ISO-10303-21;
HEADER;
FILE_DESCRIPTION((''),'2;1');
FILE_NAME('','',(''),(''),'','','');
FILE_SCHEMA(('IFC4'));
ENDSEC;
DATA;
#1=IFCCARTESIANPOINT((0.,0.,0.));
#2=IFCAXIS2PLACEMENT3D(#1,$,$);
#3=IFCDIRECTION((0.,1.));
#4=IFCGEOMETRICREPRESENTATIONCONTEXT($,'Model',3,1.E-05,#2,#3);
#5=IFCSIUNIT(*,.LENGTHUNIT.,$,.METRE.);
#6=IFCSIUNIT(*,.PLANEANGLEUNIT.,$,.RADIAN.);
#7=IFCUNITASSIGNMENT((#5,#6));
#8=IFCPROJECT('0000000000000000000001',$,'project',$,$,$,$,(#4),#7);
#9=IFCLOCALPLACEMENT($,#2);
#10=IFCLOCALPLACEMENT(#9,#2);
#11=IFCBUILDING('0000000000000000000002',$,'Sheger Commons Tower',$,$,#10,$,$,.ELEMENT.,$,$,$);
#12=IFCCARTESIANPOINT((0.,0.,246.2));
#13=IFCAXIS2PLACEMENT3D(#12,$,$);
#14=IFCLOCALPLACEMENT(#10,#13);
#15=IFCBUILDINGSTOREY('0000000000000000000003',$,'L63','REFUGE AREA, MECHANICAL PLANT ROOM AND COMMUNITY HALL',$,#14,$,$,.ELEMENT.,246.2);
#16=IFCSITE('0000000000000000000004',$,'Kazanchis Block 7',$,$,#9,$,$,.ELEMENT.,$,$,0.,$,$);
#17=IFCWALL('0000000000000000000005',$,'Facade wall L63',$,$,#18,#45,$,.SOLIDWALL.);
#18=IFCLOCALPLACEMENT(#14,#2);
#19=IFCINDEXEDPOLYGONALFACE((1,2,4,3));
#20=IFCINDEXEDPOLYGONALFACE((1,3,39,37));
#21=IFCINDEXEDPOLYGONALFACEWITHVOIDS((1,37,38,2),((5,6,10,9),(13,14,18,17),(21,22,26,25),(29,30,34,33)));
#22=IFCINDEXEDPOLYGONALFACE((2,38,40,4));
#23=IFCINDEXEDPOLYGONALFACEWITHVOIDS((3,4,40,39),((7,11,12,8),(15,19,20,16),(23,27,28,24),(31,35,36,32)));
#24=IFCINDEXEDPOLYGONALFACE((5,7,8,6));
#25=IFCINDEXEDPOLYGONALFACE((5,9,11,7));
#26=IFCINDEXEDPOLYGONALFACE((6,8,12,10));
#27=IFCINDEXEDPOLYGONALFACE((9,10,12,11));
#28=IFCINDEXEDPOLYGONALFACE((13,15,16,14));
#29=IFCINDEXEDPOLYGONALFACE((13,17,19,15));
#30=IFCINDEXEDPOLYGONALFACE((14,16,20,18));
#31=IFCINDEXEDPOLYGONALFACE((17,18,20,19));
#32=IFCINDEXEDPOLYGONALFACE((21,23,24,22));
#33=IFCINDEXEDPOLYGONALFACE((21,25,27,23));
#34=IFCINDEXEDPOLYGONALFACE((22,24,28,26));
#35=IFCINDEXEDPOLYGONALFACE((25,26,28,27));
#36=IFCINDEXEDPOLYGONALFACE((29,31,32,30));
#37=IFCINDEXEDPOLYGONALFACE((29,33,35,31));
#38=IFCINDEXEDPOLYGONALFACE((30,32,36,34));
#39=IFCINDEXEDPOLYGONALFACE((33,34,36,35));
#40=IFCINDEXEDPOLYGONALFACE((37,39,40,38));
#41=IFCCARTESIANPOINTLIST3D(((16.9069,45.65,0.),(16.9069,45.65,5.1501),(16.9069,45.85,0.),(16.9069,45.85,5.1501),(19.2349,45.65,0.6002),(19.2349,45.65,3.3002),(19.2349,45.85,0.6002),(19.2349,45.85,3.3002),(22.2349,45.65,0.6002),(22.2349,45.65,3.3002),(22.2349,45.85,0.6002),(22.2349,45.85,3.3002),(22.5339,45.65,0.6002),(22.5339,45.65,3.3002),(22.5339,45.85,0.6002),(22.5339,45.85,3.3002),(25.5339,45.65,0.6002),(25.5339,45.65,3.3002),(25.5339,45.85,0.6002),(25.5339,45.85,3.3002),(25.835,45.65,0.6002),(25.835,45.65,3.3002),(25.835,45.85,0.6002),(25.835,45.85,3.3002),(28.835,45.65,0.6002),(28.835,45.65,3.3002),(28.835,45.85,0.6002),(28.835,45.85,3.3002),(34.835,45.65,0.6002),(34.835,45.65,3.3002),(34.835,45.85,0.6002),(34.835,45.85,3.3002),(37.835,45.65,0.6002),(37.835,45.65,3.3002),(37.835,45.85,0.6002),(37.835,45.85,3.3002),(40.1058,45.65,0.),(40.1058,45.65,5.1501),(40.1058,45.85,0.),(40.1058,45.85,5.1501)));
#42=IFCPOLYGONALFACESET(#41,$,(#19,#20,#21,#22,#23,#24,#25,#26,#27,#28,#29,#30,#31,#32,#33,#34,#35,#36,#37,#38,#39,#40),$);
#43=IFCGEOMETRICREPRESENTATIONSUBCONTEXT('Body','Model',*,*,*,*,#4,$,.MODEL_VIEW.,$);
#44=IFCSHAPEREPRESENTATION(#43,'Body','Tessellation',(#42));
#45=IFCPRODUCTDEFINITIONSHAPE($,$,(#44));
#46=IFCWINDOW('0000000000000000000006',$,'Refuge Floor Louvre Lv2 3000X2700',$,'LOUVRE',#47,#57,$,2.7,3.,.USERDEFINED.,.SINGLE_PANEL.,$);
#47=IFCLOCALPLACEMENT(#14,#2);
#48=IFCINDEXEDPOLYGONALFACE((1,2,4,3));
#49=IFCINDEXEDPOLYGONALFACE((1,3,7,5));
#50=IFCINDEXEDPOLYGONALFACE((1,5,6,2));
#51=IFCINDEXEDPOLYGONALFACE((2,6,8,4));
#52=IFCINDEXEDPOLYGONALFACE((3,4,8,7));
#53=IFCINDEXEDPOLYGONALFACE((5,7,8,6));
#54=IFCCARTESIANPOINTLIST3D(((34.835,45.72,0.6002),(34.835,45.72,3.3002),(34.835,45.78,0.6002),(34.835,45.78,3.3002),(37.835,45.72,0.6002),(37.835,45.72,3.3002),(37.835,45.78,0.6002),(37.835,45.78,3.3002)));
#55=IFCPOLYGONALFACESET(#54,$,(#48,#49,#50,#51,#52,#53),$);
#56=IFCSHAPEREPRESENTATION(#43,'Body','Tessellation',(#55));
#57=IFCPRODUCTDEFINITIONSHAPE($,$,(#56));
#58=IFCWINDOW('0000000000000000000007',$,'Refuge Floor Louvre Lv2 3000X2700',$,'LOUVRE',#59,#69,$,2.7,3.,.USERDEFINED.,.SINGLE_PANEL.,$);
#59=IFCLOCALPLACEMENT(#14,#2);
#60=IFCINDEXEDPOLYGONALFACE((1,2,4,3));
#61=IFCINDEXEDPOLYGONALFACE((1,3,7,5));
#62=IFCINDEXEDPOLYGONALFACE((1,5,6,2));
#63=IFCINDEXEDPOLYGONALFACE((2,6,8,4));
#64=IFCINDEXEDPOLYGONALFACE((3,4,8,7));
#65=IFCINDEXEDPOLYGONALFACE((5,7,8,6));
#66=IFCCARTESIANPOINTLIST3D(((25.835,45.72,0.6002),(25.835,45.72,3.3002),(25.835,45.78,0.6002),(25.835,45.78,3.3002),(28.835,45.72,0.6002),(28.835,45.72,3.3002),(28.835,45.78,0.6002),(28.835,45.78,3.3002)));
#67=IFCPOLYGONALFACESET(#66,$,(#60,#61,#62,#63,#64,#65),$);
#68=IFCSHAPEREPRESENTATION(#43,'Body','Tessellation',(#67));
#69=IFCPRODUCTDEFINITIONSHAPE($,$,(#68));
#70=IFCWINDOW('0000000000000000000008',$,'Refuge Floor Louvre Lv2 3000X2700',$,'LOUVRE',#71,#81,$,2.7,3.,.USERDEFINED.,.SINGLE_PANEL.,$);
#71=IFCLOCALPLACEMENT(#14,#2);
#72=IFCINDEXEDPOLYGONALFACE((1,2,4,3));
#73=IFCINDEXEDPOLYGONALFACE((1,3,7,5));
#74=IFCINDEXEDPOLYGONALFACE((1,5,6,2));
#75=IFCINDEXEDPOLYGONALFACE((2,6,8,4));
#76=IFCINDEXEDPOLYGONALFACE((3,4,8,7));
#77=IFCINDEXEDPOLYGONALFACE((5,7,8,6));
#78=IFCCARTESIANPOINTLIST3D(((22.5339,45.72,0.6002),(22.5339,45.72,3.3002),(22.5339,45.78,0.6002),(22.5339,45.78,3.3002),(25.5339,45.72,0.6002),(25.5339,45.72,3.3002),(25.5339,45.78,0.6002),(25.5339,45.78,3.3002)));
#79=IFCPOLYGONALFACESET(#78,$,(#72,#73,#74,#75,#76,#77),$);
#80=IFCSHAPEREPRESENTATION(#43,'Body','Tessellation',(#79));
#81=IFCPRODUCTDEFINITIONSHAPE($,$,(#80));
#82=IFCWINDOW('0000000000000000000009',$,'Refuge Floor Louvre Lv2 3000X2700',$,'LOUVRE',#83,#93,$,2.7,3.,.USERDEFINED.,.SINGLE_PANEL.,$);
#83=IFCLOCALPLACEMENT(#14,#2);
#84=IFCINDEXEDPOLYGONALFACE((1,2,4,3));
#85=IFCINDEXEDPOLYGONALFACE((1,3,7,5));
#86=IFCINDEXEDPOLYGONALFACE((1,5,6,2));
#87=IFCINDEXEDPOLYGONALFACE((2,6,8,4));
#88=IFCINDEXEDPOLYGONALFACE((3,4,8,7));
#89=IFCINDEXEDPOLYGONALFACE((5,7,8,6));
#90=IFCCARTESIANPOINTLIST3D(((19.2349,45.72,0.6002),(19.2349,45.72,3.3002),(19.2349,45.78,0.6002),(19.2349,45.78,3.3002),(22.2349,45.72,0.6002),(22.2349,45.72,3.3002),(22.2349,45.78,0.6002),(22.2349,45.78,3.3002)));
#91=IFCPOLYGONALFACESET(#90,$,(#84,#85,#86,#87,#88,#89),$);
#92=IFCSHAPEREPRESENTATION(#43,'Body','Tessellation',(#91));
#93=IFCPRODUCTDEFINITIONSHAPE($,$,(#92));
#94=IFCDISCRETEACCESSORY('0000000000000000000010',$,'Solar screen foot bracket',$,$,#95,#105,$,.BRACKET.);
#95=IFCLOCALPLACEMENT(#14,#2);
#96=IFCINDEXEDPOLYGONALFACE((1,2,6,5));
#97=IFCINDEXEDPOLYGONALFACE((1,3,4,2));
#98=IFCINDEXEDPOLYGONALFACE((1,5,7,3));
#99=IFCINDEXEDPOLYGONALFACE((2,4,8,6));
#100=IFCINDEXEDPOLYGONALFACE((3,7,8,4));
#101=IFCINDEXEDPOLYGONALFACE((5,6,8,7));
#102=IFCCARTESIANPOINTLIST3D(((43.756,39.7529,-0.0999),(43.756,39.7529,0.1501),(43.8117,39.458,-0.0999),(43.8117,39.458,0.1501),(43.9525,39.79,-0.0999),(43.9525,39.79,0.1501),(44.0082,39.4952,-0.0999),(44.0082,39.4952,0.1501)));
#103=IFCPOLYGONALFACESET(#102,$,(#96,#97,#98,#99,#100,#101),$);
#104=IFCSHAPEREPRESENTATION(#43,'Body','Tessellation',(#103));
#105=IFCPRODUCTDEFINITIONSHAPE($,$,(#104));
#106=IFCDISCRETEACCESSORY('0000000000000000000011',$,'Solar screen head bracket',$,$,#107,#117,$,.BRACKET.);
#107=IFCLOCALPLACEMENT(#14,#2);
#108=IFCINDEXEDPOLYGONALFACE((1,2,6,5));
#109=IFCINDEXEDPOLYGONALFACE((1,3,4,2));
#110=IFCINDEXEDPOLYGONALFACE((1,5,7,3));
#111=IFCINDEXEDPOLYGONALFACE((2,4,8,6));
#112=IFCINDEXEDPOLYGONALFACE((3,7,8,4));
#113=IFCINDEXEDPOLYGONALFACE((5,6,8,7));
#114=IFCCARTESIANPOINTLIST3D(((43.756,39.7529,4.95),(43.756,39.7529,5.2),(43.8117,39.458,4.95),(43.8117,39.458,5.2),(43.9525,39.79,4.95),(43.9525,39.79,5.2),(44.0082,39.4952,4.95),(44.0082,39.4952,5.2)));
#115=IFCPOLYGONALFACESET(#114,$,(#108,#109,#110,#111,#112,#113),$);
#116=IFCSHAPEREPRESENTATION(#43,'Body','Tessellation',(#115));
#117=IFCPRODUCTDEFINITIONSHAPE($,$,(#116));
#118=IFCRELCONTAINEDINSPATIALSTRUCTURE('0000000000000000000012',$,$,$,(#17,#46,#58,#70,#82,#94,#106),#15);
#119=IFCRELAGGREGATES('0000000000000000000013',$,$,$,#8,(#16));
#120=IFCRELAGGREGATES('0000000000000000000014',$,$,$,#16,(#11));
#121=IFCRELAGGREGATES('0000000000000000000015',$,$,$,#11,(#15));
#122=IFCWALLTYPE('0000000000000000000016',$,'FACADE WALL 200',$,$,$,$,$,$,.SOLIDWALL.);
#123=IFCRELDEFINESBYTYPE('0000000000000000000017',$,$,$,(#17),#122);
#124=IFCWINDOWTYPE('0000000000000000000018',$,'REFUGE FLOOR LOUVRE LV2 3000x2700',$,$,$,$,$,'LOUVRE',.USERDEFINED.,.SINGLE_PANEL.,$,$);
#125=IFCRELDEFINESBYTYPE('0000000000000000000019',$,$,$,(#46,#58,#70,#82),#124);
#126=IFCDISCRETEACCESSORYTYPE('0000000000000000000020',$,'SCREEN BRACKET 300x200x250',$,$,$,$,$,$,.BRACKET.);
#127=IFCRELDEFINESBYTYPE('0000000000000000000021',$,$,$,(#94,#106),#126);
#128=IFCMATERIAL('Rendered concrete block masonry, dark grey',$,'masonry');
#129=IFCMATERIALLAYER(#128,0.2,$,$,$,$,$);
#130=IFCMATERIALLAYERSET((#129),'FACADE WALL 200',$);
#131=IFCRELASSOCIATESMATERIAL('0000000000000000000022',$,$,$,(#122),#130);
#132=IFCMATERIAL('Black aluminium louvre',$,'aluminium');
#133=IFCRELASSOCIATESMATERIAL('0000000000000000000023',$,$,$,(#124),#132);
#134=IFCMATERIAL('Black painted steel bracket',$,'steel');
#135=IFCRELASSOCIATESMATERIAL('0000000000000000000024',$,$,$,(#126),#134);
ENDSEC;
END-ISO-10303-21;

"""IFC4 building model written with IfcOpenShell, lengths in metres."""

from ifc_helpers import new_model, si_unit, direction, frame, frame_2d, origin, origin_2d, place, context, subcontext, project, spatial, rectangle, extrude, material, layer, layer_set, type_object, element, fill, save


model = new_model("IFC4")

# Units and contexts
model_context = context("Model", 3, precision=1e-05, world=origin(), true_north=direction((0.0, 1.0)))
body_context = subcontext(model_context, "Body", "Model", "MODEL_VIEW")
ifc_project = project(units=[si_unit("LENGTHUNIT", "METRE"), si_unit("PLANEANGLEUNIT", "RADIAN")], contexts=[model_context])

# Site, building, storey
site_placement = place(None, origin())
site = spatial("IfcSite", under=ifc_project, at=site_placement, Name="Kazanchis Block 7", CompositionType="ELEMENT", RefElevation=0.0)
building_placement = place(site_placement, origin())
building = spatial("IfcBuilding", under=site, at=building_placement, Name="Sheger Commons Tower", CompositionType="ELEMENT")
storey_placement = place(building_placement, frame((0.0, 0.0, 246.2)))
storey = spatial("IfcBuildingStorey", under=building, at=storey_placement, Name="L63", Description="REFUGE AREA, MECHANICAL PLANT ROOM AND COMMUNITY HALL", CompositionType="ELEMENT", Elevation=246.2)

# Shared definitions
ifc_material_1 = material(Name="Rendered concrete block masonry, dark grey", Category="masonry")
ifc_layer_1 = layer(ifc_material_1, 0.2)
ifc_layer_set_1 = layer_set([ifc_layer_1], Name="FACADE WALL 200")
wall_type = type_object("IfcWallType", Name="FACADE WALL 200", PredefinedType="SOLIDWALL", material=ifc_layer_set_1)

# Wall, openings, windows
wall_1_placement = place(storey_placement, frame((40.106, 45.75, 0.0), z_axis=(0.0, 0.0, 1.0), x_axis=(-1.0, 0.0, 0.0)))
wall_1 = element("IfcWall", 1, at=wall_1_placement, inside=storey, type_object=wall_type, Name="Facade wall L63", PredefinedType="SOLIDWALL", context=body_context, shape_type="SweptSolid", body=[
    extrude(rectangle(XDim=23.199, YDim=0.2, at=frame_2d((11.5996, 0.0))), origin(), (0.0, 0.0, 1.0), 5.1501),
])
opening_1_placement = place(wall_1_placement, frame((2.271, 0.0, 0.6001)))
opening_1 = element("IfcOpeningElement", 2, at=opening_1_placement, cuts=wall_1, PredefinedType="OPENING", context=body_context, shape_type="SweptSolid", body=[
    extrude(rectangle(XDim=3.0, YDim=2.7, at=frame_2d((1.5, 1.3501))), frame((0.0, 0.1099, 0.0), z_axis=(0.0, -1.0, 0.0), x_axis=(1.0, 0.0, 0.0)), (0.0, 0.0, 1.0), 0.22),
])
opening_2_placement = place(wall_1_placement, frame((11.271, 0.0, 0.6001)))
opening_2 = element("IfcOpeningElement", 3, at=opening_2_placement, cuts=wall_1, PredefinedType="OPENING", context=body_context, shape_type="SweptSolid", body=[
    extrude(rectangle(XDim=3.0, YDim=2.7, at=frame_2d((1.5, 1.3501))), frame((0.0, 0.1099, 0.0), z_axis=(0.0, -1.0, 0.0), x_axis=(1.0, 0.0, 0.0)), (0.0, 0.0, 1.0), 0.22),
])
opening_3_placement = place(wall_1_placement, frame((14.572, 0.0, 0.6001)))
opening_3 = element("IfcOpeningElement", 4, at=opening_3_placement, cuts=wall_1, PredefinedType="OPENING", context=body_context, shape_type="SweptSolid", body=[
    extrude(rectangle(XDim=3.0, YDim=2.7, at=frame_2d((1.5, 1.3501))), frame((0.0, 0.1099, 0.0), z_axis=(0.0, -1.0, 0.0), x_axis=(1.0, 0.0, 0.0)), (0.0, 0.0, 1.0), 0.22),
])
opening_4_placement = place(wall_1_placement, frame((17.8711, 0.0, 0.6001)))
opening_4 = element("IfcOpeningElement", 5, at=opening_4_placement, cuts=wall_1, PredefinedType="OPENING", context=body_context, shape_type="SweptSolid", body=[
    extrude(rectangle(XDim=3.0, YDim=2.7, at=frame_2d((1.5, 1.3501))), frame((0.0, 0.1099, 0.0), z_axis=(0.0, -1.0, 0.0), x_axis=(1.0, 0.0, 0.0)), (0.0, 0.0, 1.0), 0.22),
])
ifc_material_2 = material(Name="Black aluminium louvre", Category="aluminium")
window_type = type_object("IfcWindowType", Name="REFUGE FLOOR LOUVRE LV2 3000x2700", ElementType="LOUVRE", PartitioningType="SINGLE_PANEL", PredefinedType="USERDEFINED", material=ifc_material_2)
window_1_placement = place(opening_1_placement, origin())
window_1 = element("IfcWindow", 6, at=window_1_placement, inside=storey, type_object=window_type, Name="Refuge Floor Louvre Lv2 3000X2700", ObjectType="LOUVRE", OverallHeight=2.7, OverallWidth=3.0, PartitioningType="SINGLE_PANEL", PredefinedType="USERDEFINED", context=body_context, shape_type="SweptSolid", body=[
    extrude(rectangle(XDim=3.0, YDim=2.7, at=frame_2d((1.5, 1.3501))), frame((0.0, 0.03, 0.0), z_axis=(0.0, -1.0, 0.0), x_axis=(1.0, 0.0, 0.0)), (0.0, 0.0, 1.0), 0.0601),
])
fill(opening_1, window_1)
window_2_placement = place(opening_2_placement, origin())
window_2 = element("IfcWindow", 7, at=window_2_placement, inside=storey, type_object=window_type, Name="Refuge Floor Louvre Lv2 3000X2700", ObjectType="LOUVRE", OverallHeight=2.7, OverallWidth=3.0, PartitioningType="SINGLE_PANEL", PredefinedType="USERDEFINED", context=body_context, shape_type="SweptSolid", body=[
    extrude(rectangle(XDim=3.0, YDim=2.7, at=frame_2d((1.5, 1.3501))), frame((0.0, 0.03, 0.0), z_axis=(0.0, -1.0, 0.0), x_axis=(1.0, 0.0, 0.0)), (0.0, 0.0, 1.0), 0.0601),
])
fill(opening_2, window_2)
window_3_placement = place(opening_3_placement, origin())
window_3 = element("IfcWindow", 8, at=window_3_placement, inside=storey, type_object=window_type, Name="Refuge Floor Louvre Lv2 3000X2700", ObjectType="LOUVRE", OverallHeight=2.7, OverallWidth=3.0, PartitioningType="SINGLE_PANEL", PredefinedType="USERDEFINED", context=body_context, shape_type="SweptSolid", body=[
    extrude(rectangle(XDim=3.0, YDim=2.7, at=frame_2d((1.5, 1.3501))), frame((0.0, 0.03, 0.0), z_axis=(0.0, -1.0, 0.0), x_axis=(1.0, 0.0, 0.0)), (0.0, 0.0, 1.0), 0.0601),
])
fill(opening_3, window_3)
window_4_placement = place(opening_4_placement, origin())
window_4 = element("IfcWindow", 9, at=window_4_placement, inside=storey, type_object=window_type, Name="Refuge Floor Louvre Lv2 3000X2700", ObjectType="LOUVRE", OverallHeight=2.7, OverallWidth=3.0, PartitioningType="SINGLE_PANEL", PredefinedType="USERDEFINED", context=body_context, shape_type="SweptSolid", body=[
    extrude(rectangle(XDim=3.0, YDim=2.7, at=frame_2d((1.5, 1.3501))), frame((0.0, 0.03, 0.0), z_axis=(0.0, -1.0, 0.0), x_axis=(1.0, 0.0, 0.0)), (0.0, 0.0, 1.0), 0.0601),
])
fill(opening_4, window_4)

# Discrete accessories
ifc_material_3 = material(Name="Black painted steel bracket", Category="steel")
discrete_accessory_type = type_object("IfcDiscreteAccessoryType", Name="SCREEN BRACKET 300x200x250", PredefinedType="BRACKET", material=ifc_material_3)
for number, where, z_axis, x_axis, name in (
    (10, (43.8821, 39.624, -0.0999), (0.0, 0.0, 1.0), (-0.185615, 0.982623, 0.0), "Solar screen foot bracket"),
    (11, (43.8821, 39.624, 4.95), (0.0, 0.0, 1.0), (-0.185615, 0.982623, 0.0), "Solar screen head bracket"),
):
    element("IfcDiscreteAccessory", number, at=place(storey_placement, frame(where, z_axis=z_axis, x_axis=x_axis)), inside=storey, type_object=discrete_accessory_type, Name=name, PredefinedType="BRACKET", context=body_context, shape_type="SweptSolid", body=[
        extrude(rectangle(XDim=0.3, YDim=0.2, at=origin_2d()), origin(), (0.0, 0.0, 1.0), 0.25),
    ])

save(model, "model.ifc")
